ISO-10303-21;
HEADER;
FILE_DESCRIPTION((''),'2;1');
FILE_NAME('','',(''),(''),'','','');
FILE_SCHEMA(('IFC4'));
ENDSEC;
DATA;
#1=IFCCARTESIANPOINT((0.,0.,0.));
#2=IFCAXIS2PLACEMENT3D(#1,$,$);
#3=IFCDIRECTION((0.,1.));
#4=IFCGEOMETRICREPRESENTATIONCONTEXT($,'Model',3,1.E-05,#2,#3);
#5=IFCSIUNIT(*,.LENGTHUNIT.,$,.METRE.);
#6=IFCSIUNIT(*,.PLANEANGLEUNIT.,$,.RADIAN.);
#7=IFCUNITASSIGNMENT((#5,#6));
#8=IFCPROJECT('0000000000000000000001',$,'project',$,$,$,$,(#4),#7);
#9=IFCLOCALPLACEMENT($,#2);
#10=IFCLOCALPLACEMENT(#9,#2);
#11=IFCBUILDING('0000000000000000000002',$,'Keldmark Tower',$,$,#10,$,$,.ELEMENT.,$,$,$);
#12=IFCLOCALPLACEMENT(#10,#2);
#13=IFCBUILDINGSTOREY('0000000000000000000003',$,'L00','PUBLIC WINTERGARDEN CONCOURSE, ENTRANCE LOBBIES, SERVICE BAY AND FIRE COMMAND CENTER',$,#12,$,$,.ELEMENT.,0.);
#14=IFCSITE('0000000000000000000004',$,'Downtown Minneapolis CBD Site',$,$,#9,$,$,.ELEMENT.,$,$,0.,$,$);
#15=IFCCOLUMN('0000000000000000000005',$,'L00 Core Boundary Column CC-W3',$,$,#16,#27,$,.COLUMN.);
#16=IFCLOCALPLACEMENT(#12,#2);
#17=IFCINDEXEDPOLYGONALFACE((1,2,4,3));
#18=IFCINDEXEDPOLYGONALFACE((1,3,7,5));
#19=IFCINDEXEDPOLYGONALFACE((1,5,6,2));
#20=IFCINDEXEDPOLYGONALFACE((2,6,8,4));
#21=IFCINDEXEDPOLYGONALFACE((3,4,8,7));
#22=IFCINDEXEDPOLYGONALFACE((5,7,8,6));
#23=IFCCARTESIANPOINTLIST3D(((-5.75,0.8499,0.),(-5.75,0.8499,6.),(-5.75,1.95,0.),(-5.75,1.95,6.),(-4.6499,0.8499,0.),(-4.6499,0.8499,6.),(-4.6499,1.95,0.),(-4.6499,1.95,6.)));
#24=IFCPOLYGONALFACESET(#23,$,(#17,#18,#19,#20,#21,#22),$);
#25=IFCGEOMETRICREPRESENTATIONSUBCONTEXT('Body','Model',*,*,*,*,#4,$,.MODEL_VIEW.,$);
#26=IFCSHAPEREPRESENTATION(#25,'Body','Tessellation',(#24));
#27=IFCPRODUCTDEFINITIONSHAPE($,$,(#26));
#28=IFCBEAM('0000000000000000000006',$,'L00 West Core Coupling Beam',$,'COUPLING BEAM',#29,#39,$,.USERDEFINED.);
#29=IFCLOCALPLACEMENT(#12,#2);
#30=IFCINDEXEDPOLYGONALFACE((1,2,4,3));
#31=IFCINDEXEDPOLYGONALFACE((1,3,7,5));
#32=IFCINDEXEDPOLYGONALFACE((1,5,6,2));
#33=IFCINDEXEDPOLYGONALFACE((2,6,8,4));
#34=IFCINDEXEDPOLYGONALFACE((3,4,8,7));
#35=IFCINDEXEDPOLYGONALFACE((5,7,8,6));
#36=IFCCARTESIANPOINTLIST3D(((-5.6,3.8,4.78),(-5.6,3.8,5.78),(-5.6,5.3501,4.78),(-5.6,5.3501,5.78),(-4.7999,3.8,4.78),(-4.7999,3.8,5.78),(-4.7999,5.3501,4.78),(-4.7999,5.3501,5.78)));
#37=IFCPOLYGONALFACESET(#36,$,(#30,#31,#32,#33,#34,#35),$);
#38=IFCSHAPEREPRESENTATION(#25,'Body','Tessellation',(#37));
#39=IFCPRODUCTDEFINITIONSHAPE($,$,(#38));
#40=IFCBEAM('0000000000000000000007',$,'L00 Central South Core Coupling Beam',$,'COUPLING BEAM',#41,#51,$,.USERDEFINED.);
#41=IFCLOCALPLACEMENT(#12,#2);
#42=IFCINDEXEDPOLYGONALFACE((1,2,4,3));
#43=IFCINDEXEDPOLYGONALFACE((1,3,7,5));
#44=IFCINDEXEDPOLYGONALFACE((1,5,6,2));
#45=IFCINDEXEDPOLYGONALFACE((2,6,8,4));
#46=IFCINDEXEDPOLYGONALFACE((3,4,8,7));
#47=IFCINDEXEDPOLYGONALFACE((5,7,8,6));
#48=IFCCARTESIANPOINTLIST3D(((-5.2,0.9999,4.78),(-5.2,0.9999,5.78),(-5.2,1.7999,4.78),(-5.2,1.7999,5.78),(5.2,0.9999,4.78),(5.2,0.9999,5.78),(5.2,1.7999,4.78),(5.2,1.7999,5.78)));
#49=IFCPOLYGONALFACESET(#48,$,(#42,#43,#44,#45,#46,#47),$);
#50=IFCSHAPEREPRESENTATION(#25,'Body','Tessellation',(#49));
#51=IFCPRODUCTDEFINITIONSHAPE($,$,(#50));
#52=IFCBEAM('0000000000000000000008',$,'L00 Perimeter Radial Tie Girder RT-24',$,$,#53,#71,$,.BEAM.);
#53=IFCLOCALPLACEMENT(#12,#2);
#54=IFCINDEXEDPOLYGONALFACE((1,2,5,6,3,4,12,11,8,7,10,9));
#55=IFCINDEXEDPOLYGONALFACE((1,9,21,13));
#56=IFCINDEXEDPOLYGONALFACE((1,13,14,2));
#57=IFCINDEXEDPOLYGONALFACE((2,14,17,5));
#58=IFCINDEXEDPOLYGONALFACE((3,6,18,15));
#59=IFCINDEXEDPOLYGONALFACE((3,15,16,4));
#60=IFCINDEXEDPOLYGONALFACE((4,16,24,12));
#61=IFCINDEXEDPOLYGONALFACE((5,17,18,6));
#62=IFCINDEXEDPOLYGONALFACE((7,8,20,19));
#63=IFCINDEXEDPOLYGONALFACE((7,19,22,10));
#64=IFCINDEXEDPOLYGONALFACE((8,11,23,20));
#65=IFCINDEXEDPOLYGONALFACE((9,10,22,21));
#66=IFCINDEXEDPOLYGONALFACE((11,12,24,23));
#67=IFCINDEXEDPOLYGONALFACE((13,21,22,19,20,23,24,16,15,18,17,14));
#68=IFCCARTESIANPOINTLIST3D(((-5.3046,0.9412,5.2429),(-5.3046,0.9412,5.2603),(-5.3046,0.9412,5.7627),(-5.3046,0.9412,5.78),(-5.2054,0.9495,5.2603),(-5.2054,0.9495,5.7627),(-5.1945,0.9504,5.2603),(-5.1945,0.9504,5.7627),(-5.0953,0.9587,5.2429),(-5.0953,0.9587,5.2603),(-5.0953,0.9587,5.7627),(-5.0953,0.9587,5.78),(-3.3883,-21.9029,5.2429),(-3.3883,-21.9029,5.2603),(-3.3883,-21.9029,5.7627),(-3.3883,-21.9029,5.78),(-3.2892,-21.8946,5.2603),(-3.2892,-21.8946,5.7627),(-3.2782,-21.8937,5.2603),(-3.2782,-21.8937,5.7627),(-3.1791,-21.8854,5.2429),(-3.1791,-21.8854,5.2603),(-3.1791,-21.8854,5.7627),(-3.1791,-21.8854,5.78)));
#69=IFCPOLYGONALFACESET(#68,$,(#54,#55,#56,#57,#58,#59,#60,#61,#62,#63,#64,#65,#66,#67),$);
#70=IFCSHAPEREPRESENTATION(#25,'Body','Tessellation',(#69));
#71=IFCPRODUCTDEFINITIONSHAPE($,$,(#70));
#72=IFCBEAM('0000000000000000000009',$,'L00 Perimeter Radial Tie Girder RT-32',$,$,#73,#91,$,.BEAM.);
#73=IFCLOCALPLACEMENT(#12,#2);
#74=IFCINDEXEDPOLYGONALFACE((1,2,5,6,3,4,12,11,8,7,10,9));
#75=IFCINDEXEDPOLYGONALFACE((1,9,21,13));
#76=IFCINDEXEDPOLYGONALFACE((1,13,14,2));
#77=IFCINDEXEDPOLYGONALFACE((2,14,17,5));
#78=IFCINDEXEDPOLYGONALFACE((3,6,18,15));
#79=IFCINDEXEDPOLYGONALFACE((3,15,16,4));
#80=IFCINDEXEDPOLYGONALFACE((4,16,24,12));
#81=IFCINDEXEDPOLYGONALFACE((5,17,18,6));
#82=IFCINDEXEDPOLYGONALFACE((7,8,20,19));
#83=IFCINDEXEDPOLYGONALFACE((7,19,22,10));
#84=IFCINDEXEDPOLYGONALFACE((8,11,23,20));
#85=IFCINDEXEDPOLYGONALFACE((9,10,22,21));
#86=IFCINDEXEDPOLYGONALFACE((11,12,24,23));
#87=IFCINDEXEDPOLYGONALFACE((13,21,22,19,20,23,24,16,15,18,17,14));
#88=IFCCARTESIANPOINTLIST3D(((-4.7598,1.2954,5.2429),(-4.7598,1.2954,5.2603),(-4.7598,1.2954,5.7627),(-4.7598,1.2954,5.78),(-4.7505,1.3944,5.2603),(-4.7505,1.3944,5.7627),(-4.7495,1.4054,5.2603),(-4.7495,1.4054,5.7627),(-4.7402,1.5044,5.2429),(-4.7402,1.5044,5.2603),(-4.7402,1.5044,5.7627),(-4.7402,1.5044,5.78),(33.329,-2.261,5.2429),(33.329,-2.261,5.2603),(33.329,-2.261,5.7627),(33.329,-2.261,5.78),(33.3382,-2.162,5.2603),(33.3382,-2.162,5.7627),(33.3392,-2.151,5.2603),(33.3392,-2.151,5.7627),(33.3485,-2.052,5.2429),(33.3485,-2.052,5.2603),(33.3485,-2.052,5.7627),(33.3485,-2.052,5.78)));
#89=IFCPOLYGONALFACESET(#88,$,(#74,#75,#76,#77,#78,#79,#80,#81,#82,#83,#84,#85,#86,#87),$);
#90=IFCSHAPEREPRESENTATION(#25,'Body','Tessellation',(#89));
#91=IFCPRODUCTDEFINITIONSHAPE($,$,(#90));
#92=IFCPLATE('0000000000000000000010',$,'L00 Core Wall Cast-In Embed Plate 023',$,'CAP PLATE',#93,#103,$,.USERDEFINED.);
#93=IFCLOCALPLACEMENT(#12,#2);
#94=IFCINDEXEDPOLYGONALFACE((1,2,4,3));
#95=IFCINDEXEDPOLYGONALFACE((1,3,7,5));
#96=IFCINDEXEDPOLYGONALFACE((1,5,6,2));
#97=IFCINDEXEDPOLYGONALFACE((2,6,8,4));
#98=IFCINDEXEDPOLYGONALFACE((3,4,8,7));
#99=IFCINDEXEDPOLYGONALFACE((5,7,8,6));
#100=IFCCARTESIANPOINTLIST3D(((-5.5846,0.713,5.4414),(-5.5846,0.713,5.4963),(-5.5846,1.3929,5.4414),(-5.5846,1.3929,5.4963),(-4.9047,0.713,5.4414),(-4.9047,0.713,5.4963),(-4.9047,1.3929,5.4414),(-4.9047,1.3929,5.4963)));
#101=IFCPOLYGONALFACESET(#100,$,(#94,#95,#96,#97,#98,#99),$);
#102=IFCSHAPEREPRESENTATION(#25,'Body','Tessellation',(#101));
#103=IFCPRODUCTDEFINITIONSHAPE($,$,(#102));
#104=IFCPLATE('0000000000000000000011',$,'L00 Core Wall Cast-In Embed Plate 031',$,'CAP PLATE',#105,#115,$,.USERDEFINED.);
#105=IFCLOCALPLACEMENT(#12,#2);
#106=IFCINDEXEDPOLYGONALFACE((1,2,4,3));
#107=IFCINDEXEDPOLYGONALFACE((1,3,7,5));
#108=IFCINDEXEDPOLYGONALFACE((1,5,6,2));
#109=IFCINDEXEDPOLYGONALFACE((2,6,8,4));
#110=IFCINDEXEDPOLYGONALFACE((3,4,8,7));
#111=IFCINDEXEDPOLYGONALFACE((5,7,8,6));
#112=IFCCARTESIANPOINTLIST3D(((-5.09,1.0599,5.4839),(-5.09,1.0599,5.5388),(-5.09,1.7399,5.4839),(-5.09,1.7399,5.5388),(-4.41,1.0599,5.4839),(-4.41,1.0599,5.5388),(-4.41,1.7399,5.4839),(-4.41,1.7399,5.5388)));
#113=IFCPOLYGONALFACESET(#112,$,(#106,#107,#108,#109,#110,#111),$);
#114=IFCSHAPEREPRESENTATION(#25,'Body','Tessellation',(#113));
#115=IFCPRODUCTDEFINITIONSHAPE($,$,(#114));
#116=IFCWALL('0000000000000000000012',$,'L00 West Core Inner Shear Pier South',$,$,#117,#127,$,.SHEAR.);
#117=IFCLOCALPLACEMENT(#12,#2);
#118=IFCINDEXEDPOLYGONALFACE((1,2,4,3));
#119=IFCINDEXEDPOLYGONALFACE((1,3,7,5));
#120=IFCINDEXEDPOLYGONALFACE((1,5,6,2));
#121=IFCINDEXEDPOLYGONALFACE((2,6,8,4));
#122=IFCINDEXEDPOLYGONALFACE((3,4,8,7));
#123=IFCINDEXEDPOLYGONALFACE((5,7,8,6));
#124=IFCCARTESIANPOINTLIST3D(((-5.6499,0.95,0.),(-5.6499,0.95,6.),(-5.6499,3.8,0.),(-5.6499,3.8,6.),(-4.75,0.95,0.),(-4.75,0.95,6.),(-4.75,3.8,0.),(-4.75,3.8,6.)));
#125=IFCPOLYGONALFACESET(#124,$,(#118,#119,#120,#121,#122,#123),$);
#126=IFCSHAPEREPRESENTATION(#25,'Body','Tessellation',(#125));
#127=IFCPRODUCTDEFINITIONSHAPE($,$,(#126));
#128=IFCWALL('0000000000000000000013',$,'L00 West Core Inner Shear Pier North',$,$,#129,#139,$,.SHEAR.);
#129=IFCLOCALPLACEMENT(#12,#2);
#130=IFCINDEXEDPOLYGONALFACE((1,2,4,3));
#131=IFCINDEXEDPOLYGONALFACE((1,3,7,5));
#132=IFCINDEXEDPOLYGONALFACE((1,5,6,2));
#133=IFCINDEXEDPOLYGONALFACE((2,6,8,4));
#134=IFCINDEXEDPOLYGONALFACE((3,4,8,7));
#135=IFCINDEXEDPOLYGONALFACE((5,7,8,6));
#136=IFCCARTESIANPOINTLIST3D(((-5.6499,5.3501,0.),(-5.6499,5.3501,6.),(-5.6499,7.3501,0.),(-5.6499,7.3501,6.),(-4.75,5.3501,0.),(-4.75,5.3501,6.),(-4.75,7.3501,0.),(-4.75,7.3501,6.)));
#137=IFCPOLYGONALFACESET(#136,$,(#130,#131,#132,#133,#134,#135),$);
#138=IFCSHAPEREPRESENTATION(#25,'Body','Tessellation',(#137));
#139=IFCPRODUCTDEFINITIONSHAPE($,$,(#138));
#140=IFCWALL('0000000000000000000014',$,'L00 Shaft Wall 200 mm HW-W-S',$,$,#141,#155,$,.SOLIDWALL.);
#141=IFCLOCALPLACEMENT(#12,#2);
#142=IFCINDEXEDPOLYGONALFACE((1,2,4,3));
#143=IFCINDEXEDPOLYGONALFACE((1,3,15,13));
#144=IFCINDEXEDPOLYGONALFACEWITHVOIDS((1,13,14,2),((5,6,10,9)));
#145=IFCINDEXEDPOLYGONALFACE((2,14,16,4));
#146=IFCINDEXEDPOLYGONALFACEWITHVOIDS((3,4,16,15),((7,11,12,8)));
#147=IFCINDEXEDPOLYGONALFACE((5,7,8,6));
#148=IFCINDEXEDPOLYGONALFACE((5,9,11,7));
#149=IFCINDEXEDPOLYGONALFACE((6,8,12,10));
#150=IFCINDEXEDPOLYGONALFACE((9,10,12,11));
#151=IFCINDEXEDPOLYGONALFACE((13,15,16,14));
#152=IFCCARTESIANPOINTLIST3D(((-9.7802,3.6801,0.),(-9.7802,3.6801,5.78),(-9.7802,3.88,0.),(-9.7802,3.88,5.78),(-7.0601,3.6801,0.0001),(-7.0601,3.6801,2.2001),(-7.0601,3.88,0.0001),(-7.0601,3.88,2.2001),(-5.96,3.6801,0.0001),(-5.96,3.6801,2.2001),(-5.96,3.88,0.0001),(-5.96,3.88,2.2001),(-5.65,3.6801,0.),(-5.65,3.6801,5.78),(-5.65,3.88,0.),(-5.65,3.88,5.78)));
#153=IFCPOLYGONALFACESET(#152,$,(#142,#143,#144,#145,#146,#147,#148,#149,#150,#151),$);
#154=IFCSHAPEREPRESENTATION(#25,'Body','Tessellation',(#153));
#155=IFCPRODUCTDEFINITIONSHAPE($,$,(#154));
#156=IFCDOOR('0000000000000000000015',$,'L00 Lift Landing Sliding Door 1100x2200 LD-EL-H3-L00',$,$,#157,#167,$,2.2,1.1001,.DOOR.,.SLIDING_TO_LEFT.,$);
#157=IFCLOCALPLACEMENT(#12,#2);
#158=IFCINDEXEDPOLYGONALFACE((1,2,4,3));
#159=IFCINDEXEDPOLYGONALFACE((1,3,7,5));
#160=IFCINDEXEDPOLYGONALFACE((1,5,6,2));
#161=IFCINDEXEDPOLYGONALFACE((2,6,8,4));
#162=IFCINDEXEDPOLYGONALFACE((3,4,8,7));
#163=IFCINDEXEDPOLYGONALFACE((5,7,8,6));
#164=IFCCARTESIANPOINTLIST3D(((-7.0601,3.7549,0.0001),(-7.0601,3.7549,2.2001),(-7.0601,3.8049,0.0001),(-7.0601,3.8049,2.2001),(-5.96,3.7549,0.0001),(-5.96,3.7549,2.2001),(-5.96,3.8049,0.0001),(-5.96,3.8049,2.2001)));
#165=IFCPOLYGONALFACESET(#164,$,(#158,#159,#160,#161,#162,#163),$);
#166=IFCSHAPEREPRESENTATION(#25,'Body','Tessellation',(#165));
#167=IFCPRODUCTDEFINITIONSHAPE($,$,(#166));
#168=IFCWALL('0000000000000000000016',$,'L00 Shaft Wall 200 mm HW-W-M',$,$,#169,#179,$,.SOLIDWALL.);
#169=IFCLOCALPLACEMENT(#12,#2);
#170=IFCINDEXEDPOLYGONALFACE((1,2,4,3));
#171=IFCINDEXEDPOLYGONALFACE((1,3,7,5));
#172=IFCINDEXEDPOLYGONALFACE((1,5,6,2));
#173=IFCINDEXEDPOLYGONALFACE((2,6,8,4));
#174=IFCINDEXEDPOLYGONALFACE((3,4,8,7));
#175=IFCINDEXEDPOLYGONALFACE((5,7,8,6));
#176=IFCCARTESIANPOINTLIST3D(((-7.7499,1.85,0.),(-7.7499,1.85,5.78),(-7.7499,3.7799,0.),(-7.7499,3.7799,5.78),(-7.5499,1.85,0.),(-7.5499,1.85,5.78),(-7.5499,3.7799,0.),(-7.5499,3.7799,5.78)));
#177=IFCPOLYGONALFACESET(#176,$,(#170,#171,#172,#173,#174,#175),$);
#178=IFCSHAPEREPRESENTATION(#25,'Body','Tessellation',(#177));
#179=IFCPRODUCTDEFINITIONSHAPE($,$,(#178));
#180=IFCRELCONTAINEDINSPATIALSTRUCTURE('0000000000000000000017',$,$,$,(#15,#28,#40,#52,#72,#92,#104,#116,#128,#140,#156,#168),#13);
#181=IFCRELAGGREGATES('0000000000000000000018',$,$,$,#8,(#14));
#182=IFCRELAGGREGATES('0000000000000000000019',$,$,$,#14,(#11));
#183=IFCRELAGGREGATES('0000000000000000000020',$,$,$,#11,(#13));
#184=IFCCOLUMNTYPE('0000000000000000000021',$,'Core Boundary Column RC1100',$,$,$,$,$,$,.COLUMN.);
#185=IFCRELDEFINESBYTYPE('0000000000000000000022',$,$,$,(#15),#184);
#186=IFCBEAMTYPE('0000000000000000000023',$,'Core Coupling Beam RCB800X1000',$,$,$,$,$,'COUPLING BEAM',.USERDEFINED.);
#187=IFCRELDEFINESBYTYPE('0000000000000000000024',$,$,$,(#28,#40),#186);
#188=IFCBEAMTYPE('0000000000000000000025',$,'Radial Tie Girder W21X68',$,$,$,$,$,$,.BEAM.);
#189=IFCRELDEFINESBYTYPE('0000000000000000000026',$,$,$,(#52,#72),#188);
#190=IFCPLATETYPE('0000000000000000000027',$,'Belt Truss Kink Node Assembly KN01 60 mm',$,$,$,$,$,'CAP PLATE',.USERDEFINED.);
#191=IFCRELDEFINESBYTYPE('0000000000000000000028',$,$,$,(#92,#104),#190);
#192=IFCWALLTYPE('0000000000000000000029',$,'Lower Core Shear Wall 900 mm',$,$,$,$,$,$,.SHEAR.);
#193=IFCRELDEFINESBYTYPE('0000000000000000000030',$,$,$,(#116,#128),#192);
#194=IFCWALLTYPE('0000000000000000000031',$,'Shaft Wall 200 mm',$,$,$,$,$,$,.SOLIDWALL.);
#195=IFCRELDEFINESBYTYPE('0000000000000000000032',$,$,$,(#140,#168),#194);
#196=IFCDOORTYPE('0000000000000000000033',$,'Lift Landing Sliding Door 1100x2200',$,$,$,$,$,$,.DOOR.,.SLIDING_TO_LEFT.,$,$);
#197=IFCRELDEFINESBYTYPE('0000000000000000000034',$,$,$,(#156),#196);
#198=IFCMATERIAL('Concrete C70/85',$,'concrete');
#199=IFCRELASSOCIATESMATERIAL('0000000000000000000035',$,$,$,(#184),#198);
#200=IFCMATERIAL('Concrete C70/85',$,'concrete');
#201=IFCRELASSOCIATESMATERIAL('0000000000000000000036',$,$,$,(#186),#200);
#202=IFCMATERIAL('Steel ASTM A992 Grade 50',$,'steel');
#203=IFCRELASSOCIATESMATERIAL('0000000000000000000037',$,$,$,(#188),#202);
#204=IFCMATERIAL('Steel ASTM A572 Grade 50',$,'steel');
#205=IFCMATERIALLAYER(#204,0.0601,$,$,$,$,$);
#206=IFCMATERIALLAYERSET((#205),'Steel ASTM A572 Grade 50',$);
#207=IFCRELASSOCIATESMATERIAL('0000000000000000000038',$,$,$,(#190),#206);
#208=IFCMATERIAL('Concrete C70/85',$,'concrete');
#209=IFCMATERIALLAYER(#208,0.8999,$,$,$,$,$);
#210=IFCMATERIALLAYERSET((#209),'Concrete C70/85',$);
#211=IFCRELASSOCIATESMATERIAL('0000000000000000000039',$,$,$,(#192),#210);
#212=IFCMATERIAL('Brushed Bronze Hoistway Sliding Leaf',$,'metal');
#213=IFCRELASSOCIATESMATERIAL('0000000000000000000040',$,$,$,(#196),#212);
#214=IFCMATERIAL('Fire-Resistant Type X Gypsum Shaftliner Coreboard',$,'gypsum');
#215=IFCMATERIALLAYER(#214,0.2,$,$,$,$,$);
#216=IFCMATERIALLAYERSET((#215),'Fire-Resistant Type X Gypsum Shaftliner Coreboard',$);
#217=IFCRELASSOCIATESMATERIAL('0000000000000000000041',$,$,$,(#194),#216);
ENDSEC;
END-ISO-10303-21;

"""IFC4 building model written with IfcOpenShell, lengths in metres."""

from ifc_helpers import new_model, si_unit, direction, frame, frame_2d, origin, origin_2d, place, context, subcontext, project, spatial, rectangle, i_section, extrude, material, layer, layer_set, material_profile, profile_set, type_object, element, fill, save


model = new_model("IFC4")

# Units and contexts
model_context = context("Model", 3, precision=1e-05, world=origin(), true_north=direction((0.0, 1.0)))
body_context = subcontext(model_context, "Body", "Model", "MODEL_VIEW")
ifc_project = project(units=[si_unit("LENGTHUNIT", "METRE"), si_unit("PLANEANGLEUNIT", "RADIAN")], contexts=[model_context])

# Site, building, storey
site_placement = place(None, origin())
site = spatial("IfcSite", under=ifc_project, at=site_placement, Name="Downtown Minneapolis CBD Site", CompositionType="ELEMENT", RefElevation=0.0)
building_placement = place(site_placement, origin())
building = spatial("IfcBuilding", under=site, at=building_placement, Name="Keldmark Tower", CompositionType="ELEMENT")
storey_placement = place(building_placement, origin())
storey = spatial("IfcBuildingStorey", under=building, at=storey_placement, Name="L00", Description="PUBLIC WINTERGARDEN CONCOURSE, ENTRANCE LOBBIES, SERVICE BAY AND FIRE COMMAND CENTER", CompositionType="ELEMENT", Elevation=0.0)

# Column
ifc_material_1 = material(Name="Concrete C70/85", Category="concrete")
ifc_material_profile_1 = material_profile(ifc_material_1, rectangle(XDim=1.1001, YDim=1.1001, at=origin_2d()), Name="RC1100X1100")
ifc_profile_set_1 = profile_set([ifc_material_profile_1], Name="Concrete C70/85")
column_type = type_object("IfcColumnType", Name="Core Boundary Column RC1100", PredefinedType="COLUMN", material=ifc_profile_set_1)
column_placement = place(storey_placement, frame((-5.2, 1.3999, 0.0), z_axis=(0.0, 0.0, 1.0), x_axis=(1.0, 0.0, 0.0)))
element("IfcColumn", 1, at=column_placement, inside=storey, type_object=column_type, Name="L00 Core Boundary Column CC-W3", PredefinedType="COLUMN", context=body_context, shape_type="SweptSolid", body=[
    extrude(rectangle(XDim=1.1001, YDim=1.1001, at=origin_2d()), origin(), (0.0, 0.0, 1.0), 6.0),
])

# Beams
ifc_material_2 = material(Name="Concrete C70/85", Category="concrete")
ifc_material_profile_2 = material_profile(ifc_material_2, rectangle(XDim=0.8, YDim=1.0, at=origin_2d()), Name="RCB800X1000")
ifc_profile_set_2 = profile_set([ifc_material_profile_2], Name="Concrete C70/85")
beam_type_1 = type_object("IfcBeamType", Name="Core Coupling Beam RCB800X1000", ElementType="COUPLING BEAM", PredefinedType="USERDEFINED", material=ifc_profile_set_2)
beam_1_placement = place(storey_placement, frame((-5.2, 3.8, 5.28), z_axis=(0.0, 1.0, 0.0), x_axis=(-1.0, 0.0, 0.0)))
element("IfcBeam", 2, at=beam_1_placement, inside=storey, type_object=beam_type_1, Name="L00 West Core Coupling Beam", ObjectType="COUPLING BEAM", PredefinedType="USERDEFINED", context=body_context, shape_type="SweptSolid", body=[
    extrude(rectangle(XDim=0.8, YDim=1.0, at=origin_2d()), origin(), (0.0, 0.0, 1.0), 1.55),
])
beam_2_placement = place(storey_placement, frame((-5.2, 1.3999, 5.28), z_axis=(1.0, 0.0, 0.0), x_axis=(0.0, 1.0, 0.0)))
element("IfcBeam", 3, at=beam_2_placement, inside=storey, type_object=beam_type_1, Name="L00 Central South Core Coupling Beam", ObjectType="COUPLING BEAM", PredefinedType="USERDEFINED", context=body_context, shape_type="SweptSolid", body=[
    extrude(rectangle(XDim=0.8, YDim=1.0, at=origin_2d()), origin(), (0.0, 0.0, 1.0), 10.3999),
])
ifc_material_3 = material(Name="Steel ASTM A992 Grade 50", Category="steel")
ifc_material_profile_3 = material_profile(ifc_material_3, i_section(OverallWidth=0.21, OverallDepth=0.5371, WebThickness=0.011, FlangeThickness=0.0173, at=origin_2d()), Name="W21X68")
ifc_profile_set_3 = profile_set([ifc_material_profile_3], Name="Steel ASTM A992 Grade 50")
beam_type_2 = type_object("IfcBeamType", Name="Radial Tie Girder W21X68", PredefinedType="BEAM", material=ifc_profile_set_3)
beam_3_placement = place(storey_placement, frame((-5.2, 0.95, 5.5115), z_axis=(0.083591, -0.9965, 0.0), x_axis=(0.9965, 0.083591, 0.0)))
element("IfcBeam", 4, at=beam_3_placement, inside=storey, type_object=beam_type_2, Name="L00 Perimeter Radial Tie Girder RT-24", PredefinedType="BEAM", context=body_context, shape_type="SweptSolid", body=[
    extrude(i_section(OverallWidth=0.21, OverallDepth=0.5371, WebThickness=0.011, FlangeThickness=0.0173, at=origin_2d()), origin(), (0.0, 0.0, 1.0), 22.9243),
])
beam_4_placement = place(storey_placement, frame((-4.75, 1.3999, 5.5115), z_axis=(0.995669, -0.092967, 0.0), x_axis=(0.092967, 0.995669, 0.0)))
element("IfcBeam", 5, at=beam_4_placement, inside=storey, type_object=beam_type_2, Name="L00 Perimeter Radial Tie Girder RT-32", PredefinedType="BEAM", context=body_context, shape_type="SweptSolid", body=[
    extrude(i_section(OverallWidth=0.21, OverallDepth=0.5371, WebThickness=0.011, FlangeThickness=0.0173, at=origin_2d()), origin(), (0.0, 0.0, 1.0), 38.2544),
])

# Plates
ifc_material_4 = material(Name="Steel ASTM A572 Grade 50", Category="steel")
ifc_layer_1 = layer(ifc_material_4, 0.0601)
ifc_layer_set_1 = layer_set([ifc_layer_1], Name="Steel ASTM A572 Grade 50")
plate_type = type_object("IfcPlateType", Name="Belt Truss Kink Node Assembly KN01 60 mm", ElementType="CAP PLATE", PredefinedType="USERDEFINED", material=ifc_layer_set_1)
for number, where, z_axis, x_axis, name in (
    (6, (-5.2446, 1.053, 5.4414), (0.0, 0.0, 1.0), (1.0, 0.0, 0.0), "L00 Core Wall Cast-In Embed Plate 023"),
    (7, (-4.75, 1.3999, 5.4839), (0.0, 0.0, 1.0), (1.0, 0.0, 0.0), "L00 Core Wall Cast-In Embed Plate 031"),
):
    element("IfcPlate", number, at=place(storey_placement, frame(where, z_axis=z_axis, x_axis=x_axis)), inside=storey, type_object=plate_type, Name=name, ObjectType="CAP PLATE", PredefinedType="USERDEFINED", context=body_context, shape_type="SweptSolid", body=[
        extrude(rectangle(XDim=0.6799, YDim=0.6799, at=origin_2d()), origin(), (0.0, 0.0, 1.0), 0.0549),
    ])

# Shared definitions
ifc_material_5 = material(Name="Concrete C70/85", Category="concrete")
ifc_layer_2 = layer(ifc_material_5, 0.8999)
ifc_layer_set_2 = layer_set([ifc_layer_2], Name="Concrete C70/85")
wall_type_1 = type_object("IfcWallType", Name="Lower Core Shear Wall 900 mm", PredefinedType="SHEAR", material=ifc_layer_set_2)
ifc_material_6 = material(Name="Brushed Bronze Hoistway Sliding Leaf", Category="metal")
door_type_1 = type_object("IfcDoorType", Name="Lift Landing Sliding Door 1100x2200", OperationType="SLIDING_TO_LEFT", PredefinedType="DOOR", material=ifc_material_6)

# Walls
wall_1_placement = place(storey_placement, frame((-5.2, 0.95, 0.0), z_axis=(0.0, 0.0, 1.0), x_axis=(0.0, 1.0, 0.0)))
element("IfcWall", 8, at=wall_1_placement, inside=storey, type_object=wall_type_1, Name="L00 West Core Inner Shear Pier South", PredefinedType="SHEAR", context=body_context, shape_type="SweptSolid", body=[
    extrude(rectangle(XDim=2.8501, YDim=0.8999, at=frame_2d((1.425, 0.0))), origin(), (0.0, 0.0, 1.0), 6.0),
])
wall_2_placement = place(storey_placement, frame((-5.2, 5.3501, 0.0), z_axis=(0.0, 0.0, 1.0), x_axis=(0.0, 1.0, 0.0)))
element("IfcWall", 9, at=wall_2_placement, inside=storey, type_object=wall_type_1, Name="L00 West Core Inner Shear Pier North", PredefinedType="SHEAR", context=body_context, shape_type="SweptSolid", body=[
    extrude(rectangle(XDim=2.0, YDim=0.8999, at=frame_2d((1.0, 0.0))), origin(), (0.0, 0.0, 1.0), 6.0),
])

# Wall, opening, door
ifc_material_7 = material(Name="Fire-Resistant Type X Gypsum Shaftliner Coreboard", Category="gypsum")
ifc_layer_3 = layer(ifc_material_7, 0.2)
ifc_layer_set_3 = layer_set([ifc_layer_3], Name="Fire-Resistant Type X Gypsum Shaftliner Coreboard")
wall_type_2 = type_object("IfcWallType", Name="Shaft Wall 200 mm", PredefinedType="SOLIDWALL", material=ifc_layer_set_3)
wall_3_placement = place(storey_placement, frame((-9.78, 3.78, 0.0), z_axis=(0.0, 0.0, 1.0), x_axis=(1.0, 0.0, 0.0)))
wall_3 = element("IfcWall", 10, at=wall_3_placement, inside=storey, type_object=wall_type_2, Name="L00 Shaft Wall 200 mm HW-W-S", PredefinedType="SOLIDWALL", context=body_context, shape_type="SweptSolid", body=[
    extrude(rectangle(XDim=4.1301, YDim=0.2, at=frame_2d((2.0649, 0.0))), origin(), (0.0, 0.0, 1.0), 5.78),
])
opening_1_placement = place(wall_3_placement, frame((2.72, 0.0, 0.0)))
opening_1 = element("IfcOpeningElement", 11, at=opening_1_placement, cuts=wall_3, PredefinedType="OPENING", context=body_context, shape_type="SweptSolid", body=[
    extrude(rectangle(XDim=1.1001, YDim=2.2, at=frame_2d((0.55, 1.1001))), frame((0.0, 0.1099, 0.0), z_axis=(0.0, -1.0, 0.0), x_axis=(1.0, 0.0, 0.0)), (0.0, 0.0, 1.0), 0.22),
])
door_1_placement = place(opening_1_placement, origin())
door_1 = element("IfcDoor", 12, at=door_1_placement, inside=storey, type_object=door_type_1, Name="L00 Lift Landing Sliding Door 1100x2200 LD-EL-H3-L00", OperationType="SLIDING_TO_LEFT", OverallHeight=2.2, OverallWidth=1.1001, PredefinedType="DOOR", context=body_context, shape_type="SweptSolid", body=[
    extrude(rectangle(XDim=1.1001, YDim=2.2, at=frame_2d((0.55, 1.1001))), frame((0.0, 0.0249, 0.0), z_axis=(0.0, -1.0, 0.0), x_axis=(1.0, 0.0, 0.0)), (0.0, 0.0, 1.0), 0.05),
])
fill(opening_1, door_1)

# Wall
wall_4_placement = place(storey_placement, frame((-7.6499, 1.8501, 0.0), z_axis=(0.0, 0.0, 1.0), x_axis=(0.0, 1.0, 0.0)))
element("IfcWall", 13, at=wall_4_placement, inside=storey, type_object=wall_type_2, Name="L00 Shaft Wall 200 mm HW-W-M", PredefinedType="SOLIDWALL", context=body_context, shape_type="SweptSolid", body=[
    extrude(rectangle(XDim=1.9299, YDim=0.2, at=frame_2d((0.9648, 0.0))), origin(), (0.0, 0.0, 1.0), 5.78),
])

save(model, "model.ifc")
